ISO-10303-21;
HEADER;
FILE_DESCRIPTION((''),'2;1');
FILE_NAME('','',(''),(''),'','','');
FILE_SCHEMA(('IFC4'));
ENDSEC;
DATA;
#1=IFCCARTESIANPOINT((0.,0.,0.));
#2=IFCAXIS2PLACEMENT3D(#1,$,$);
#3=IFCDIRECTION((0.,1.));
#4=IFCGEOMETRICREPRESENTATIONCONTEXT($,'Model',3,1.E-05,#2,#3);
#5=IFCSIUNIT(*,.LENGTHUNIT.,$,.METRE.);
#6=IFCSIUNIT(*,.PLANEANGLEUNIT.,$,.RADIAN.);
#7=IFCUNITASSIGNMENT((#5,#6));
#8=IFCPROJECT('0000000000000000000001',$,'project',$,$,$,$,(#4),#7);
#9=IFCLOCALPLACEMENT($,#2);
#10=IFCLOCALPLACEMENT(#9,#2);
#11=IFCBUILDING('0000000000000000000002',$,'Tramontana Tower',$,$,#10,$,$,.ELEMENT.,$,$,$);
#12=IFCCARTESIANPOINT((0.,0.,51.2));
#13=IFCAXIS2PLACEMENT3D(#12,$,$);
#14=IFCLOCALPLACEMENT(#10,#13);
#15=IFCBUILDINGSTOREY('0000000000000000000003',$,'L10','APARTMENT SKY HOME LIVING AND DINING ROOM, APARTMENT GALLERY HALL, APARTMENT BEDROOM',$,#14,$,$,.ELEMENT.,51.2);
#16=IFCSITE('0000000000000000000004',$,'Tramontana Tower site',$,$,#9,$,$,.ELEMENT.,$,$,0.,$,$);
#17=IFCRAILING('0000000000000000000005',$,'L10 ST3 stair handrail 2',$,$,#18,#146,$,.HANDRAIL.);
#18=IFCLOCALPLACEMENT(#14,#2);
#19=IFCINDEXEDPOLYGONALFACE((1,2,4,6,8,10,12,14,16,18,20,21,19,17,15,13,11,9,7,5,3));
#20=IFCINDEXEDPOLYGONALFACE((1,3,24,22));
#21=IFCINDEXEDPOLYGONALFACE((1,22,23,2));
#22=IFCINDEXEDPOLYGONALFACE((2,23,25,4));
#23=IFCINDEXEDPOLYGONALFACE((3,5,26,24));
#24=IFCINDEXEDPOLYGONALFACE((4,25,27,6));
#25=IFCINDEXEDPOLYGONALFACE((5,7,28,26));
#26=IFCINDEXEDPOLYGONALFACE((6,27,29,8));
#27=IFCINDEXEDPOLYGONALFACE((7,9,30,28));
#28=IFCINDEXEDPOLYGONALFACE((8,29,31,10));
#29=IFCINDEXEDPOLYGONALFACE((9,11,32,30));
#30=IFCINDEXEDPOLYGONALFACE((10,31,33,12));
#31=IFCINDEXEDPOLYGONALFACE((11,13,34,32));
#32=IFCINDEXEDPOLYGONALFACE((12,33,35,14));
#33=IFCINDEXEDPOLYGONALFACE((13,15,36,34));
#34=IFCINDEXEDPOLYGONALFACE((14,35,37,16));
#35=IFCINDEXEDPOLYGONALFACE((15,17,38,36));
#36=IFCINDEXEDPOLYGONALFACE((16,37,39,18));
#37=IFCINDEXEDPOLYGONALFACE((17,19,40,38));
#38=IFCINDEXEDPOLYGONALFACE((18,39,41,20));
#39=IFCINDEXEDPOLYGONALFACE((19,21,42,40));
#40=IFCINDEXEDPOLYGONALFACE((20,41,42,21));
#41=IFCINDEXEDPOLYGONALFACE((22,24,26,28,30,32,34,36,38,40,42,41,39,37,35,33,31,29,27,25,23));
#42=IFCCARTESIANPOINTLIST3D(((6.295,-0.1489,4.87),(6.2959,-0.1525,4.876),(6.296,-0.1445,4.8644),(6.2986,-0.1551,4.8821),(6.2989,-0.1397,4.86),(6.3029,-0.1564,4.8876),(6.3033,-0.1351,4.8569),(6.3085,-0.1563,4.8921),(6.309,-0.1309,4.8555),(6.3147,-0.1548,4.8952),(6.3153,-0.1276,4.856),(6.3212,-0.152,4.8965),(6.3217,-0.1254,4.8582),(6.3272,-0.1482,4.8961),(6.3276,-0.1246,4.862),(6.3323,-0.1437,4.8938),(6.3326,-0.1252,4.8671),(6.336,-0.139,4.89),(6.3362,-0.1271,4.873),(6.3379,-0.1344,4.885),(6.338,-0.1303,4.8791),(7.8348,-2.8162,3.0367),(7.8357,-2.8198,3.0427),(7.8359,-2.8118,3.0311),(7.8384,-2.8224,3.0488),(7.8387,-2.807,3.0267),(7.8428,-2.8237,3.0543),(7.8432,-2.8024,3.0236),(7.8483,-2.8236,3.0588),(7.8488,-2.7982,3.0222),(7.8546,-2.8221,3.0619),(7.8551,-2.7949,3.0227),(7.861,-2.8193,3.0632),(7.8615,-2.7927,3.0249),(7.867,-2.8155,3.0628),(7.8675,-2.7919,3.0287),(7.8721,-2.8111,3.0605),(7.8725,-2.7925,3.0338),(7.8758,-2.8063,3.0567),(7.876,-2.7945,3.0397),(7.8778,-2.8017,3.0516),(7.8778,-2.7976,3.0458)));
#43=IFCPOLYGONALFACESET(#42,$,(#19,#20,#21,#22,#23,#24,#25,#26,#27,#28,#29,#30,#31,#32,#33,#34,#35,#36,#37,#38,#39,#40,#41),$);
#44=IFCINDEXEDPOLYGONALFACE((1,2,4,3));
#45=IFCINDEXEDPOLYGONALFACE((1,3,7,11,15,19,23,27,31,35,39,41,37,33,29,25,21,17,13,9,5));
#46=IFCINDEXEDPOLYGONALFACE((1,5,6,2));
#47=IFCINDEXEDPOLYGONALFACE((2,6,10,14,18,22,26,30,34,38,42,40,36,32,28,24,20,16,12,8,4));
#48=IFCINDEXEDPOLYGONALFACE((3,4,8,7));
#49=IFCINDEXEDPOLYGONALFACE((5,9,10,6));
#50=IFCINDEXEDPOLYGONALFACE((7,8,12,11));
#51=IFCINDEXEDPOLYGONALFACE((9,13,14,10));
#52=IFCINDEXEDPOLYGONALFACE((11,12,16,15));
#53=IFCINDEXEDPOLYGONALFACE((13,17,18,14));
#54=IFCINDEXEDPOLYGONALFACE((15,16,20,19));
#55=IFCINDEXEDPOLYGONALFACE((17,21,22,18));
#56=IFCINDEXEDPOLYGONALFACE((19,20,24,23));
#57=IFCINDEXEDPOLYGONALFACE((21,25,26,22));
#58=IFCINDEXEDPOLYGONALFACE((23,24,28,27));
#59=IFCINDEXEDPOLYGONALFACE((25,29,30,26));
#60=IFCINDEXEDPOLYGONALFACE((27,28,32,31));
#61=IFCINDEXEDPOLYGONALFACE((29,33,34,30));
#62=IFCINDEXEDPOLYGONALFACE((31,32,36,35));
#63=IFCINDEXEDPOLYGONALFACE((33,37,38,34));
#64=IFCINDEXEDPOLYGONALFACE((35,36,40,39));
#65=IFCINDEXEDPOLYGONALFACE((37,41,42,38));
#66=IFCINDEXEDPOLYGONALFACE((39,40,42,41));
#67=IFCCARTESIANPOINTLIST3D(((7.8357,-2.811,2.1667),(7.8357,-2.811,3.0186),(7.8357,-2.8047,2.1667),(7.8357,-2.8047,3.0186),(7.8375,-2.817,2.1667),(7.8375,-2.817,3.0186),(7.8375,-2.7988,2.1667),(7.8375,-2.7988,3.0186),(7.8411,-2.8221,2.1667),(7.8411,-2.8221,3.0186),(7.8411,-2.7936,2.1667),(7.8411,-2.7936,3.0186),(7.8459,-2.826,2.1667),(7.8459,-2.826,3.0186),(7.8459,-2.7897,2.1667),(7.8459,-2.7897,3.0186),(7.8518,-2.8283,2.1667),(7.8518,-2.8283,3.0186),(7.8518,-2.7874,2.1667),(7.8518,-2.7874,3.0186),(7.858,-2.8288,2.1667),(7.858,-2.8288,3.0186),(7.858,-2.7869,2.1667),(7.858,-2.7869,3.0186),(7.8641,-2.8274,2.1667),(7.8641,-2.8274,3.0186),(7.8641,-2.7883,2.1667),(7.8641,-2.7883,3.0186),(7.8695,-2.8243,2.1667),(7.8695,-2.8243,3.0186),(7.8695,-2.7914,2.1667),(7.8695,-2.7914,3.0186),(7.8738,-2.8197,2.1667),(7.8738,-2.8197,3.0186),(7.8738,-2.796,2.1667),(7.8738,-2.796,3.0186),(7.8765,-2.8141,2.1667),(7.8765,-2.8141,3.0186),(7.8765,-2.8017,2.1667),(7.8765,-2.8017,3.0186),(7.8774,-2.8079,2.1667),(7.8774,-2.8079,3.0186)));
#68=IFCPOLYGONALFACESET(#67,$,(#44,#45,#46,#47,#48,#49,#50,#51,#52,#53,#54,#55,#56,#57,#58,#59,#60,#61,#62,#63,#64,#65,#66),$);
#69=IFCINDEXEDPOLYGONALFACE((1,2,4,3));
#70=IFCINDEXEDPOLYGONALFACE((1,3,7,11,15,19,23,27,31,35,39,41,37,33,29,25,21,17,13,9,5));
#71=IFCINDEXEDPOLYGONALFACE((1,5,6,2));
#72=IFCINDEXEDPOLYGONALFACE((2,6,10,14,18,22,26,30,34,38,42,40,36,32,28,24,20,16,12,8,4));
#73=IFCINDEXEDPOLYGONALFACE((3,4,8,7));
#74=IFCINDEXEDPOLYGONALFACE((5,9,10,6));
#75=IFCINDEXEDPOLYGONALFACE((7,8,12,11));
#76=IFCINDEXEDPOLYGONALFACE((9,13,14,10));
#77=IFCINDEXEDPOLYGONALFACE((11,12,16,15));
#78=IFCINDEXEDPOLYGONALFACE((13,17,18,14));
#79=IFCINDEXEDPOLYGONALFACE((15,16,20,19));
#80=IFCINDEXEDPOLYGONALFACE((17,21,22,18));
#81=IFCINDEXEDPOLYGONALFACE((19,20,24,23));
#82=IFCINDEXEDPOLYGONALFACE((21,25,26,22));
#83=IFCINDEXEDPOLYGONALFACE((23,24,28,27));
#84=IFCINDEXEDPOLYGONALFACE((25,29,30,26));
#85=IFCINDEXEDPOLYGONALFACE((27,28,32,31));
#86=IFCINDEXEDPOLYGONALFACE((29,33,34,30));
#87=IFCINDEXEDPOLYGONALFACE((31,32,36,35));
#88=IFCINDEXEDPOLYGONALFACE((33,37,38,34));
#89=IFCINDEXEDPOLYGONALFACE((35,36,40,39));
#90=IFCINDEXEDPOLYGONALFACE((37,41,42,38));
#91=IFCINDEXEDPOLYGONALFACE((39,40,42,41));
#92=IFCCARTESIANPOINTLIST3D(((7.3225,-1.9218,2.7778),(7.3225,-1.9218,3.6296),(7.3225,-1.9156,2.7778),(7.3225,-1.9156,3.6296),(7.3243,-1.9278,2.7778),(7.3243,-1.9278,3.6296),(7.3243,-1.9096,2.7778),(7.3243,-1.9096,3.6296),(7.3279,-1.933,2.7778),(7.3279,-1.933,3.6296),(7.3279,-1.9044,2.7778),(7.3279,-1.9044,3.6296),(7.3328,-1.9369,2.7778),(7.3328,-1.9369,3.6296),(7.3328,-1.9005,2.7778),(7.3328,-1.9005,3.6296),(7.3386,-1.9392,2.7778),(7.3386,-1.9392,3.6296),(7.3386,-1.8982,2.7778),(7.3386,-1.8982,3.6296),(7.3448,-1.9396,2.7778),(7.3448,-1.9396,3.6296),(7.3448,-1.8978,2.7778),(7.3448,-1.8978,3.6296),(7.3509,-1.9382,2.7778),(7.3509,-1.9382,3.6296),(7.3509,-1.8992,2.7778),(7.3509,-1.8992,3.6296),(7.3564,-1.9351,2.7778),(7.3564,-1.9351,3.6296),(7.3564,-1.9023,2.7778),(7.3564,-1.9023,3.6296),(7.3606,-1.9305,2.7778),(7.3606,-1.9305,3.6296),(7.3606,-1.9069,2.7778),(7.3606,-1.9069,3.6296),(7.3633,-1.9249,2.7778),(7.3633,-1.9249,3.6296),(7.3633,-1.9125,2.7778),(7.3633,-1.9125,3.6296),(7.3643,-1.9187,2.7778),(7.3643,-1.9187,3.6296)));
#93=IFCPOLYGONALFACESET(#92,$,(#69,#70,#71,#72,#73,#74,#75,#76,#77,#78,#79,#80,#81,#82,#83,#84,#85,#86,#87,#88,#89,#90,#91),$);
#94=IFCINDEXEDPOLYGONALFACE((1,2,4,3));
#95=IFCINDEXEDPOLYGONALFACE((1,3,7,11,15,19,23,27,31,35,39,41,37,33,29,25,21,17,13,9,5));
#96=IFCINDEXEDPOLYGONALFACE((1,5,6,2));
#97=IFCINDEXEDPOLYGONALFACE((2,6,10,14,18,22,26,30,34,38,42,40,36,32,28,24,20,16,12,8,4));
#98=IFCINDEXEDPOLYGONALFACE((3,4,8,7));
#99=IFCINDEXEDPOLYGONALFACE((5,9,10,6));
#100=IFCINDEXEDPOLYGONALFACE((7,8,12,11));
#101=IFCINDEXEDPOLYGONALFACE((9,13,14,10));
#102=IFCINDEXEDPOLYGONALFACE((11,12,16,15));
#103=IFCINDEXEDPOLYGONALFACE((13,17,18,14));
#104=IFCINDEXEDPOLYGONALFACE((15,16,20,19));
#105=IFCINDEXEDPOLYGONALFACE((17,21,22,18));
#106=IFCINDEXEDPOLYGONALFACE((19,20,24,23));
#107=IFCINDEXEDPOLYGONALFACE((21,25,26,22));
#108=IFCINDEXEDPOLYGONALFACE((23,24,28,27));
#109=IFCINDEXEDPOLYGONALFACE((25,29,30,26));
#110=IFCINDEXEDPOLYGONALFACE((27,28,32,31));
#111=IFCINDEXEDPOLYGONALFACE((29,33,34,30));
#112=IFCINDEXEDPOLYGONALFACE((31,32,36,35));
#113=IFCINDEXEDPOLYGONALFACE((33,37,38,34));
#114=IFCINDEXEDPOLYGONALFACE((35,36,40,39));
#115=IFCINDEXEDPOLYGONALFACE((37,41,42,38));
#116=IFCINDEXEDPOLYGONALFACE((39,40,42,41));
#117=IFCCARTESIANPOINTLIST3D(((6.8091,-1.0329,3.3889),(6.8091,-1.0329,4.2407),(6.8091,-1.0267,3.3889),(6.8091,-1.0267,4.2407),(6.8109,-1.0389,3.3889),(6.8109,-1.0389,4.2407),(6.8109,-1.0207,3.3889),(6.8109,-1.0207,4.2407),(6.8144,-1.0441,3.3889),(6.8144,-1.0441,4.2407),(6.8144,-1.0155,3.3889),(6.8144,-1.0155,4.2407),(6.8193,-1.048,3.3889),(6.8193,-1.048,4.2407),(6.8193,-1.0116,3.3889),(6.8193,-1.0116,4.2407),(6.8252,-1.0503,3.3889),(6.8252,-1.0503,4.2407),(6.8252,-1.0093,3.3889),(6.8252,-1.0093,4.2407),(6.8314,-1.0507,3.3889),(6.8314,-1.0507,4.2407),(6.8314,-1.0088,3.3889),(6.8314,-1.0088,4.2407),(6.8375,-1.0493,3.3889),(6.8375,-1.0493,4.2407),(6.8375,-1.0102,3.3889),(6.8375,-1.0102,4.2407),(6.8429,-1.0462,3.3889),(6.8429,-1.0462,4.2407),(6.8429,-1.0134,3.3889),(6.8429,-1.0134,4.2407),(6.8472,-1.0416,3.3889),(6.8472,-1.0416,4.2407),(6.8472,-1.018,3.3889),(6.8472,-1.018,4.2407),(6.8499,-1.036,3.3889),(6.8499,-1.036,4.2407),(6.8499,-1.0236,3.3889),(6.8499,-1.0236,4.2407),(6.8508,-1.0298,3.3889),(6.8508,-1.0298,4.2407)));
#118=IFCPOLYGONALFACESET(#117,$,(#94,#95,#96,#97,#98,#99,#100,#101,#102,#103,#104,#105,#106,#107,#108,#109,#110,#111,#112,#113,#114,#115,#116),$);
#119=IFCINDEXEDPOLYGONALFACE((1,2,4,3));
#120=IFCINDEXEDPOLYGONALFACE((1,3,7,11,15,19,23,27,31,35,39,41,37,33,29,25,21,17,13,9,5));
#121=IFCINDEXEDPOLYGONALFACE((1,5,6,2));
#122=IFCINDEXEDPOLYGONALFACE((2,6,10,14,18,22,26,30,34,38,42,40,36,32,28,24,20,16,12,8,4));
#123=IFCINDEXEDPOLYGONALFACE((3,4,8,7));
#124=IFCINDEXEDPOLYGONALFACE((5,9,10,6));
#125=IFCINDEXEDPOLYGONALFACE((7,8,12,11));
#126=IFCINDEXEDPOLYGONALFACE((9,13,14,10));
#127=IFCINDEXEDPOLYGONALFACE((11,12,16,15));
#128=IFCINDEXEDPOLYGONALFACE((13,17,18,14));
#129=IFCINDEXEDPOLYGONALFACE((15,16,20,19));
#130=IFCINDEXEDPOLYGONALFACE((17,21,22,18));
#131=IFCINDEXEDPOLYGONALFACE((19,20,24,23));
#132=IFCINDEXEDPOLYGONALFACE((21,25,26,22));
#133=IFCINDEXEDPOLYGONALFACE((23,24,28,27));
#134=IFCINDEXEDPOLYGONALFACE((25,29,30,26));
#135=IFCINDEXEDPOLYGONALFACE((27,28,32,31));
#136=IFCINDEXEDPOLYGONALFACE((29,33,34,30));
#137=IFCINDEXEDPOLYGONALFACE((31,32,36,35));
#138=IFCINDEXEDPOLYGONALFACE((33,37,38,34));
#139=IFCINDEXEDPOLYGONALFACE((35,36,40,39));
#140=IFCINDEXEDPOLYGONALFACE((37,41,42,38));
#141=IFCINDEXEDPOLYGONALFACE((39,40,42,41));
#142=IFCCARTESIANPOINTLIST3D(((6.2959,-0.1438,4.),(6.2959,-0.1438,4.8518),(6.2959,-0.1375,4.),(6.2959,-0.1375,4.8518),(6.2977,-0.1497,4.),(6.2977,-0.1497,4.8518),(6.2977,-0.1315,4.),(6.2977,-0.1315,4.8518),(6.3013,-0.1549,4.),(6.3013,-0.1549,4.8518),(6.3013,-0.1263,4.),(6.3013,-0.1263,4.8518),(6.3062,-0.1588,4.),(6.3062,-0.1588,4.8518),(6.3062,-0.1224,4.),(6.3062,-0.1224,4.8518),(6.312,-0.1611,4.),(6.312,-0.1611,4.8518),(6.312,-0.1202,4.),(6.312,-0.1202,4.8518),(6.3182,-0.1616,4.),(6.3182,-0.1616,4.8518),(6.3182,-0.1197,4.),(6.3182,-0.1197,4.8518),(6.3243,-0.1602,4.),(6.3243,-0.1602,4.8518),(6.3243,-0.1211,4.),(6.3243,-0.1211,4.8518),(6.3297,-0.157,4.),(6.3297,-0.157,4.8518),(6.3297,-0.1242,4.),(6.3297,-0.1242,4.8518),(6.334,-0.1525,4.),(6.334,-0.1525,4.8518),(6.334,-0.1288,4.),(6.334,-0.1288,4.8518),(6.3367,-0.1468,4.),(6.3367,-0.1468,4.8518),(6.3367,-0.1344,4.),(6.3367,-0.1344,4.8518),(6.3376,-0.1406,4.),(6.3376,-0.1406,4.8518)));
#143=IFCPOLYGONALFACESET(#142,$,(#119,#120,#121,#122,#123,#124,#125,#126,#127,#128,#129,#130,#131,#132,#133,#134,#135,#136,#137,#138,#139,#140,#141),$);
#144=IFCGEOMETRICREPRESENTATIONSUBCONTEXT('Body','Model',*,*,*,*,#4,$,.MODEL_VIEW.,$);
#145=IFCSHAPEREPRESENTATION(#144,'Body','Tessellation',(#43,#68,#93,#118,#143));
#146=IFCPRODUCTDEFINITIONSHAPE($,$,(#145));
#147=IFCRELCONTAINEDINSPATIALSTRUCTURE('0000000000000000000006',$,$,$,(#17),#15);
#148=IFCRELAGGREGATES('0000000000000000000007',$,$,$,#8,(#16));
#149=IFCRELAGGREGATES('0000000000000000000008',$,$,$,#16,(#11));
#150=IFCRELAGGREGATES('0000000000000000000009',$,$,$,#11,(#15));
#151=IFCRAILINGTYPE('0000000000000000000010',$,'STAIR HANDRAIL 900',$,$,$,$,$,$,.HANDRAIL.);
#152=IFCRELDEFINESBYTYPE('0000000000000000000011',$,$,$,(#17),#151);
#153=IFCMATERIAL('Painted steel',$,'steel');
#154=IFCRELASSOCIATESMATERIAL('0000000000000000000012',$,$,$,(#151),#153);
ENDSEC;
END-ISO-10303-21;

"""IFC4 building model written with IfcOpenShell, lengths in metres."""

from ifc_helpers import new_model, si_unit, direction, frame, origin, origin_2d, place, context, subcontext, project, spatial, circle, extrude, material, type_object, element, save


model = new_model("IFC4")

# Units and contexts
model_context = context("Model", 3, precision=1e-05, world=origin(), true_north=direction((0.0, 1.0)))
body_context = subcontext(model_context, "Body", "Model", "MODEL_VIEW")
ifc_project = project(units=[si_unit("LENGTHUNIT", "METRE"), si_unit("PLANEANGLEUNIT", "RADIAN")], contexts=[model_context])

# Site, building, storey
site_placement = place(None, origin())
site = spatial("IfcSite", under=ifc_project, at=site_placement, Name="Tramontana Tower site", CompositionType="ELEMENT", RefElevation=0.0)
building_placement = place(site_placement, origin())
building = spatial("IfcBuilding", under=site, at=building_placement, Name="Tramontana Tower", CompositionType="ELEMENT")
storey_placement = place(building_placement, frame((0.0, 0.0, 51.2)))
storey = spatial("IfcBuildingStorey", under=building, at=storey_placement, Name="L10", Description="APARTMENT SKY HOME LIVING AND DINING ROOM, APARTMENT GALLERY HALL, APARTMENT BEDROOM", CompositionType="ELEMENT", Elevation=51.2)

# Railing
ifc_material_1 = material(Name="Painted steel", Category="steel")
railing_type_1 = type_object("IfcRailingType", Name="STAIR HANDRAIL 900", PredefinedType="HANDRAIL", material=ifc_material_1)
railing_1_placement = place(storey_placement, frame((7.8564, -2.8079, 2.1667)))
element("IfcRailing", 1, at=railing_1_placement, inside=storey, type_object=railing_type_1, Name="L10 ST3 stair handrail 2", PredefinedType="HANDRAIL", context=body_context, shape_type="SweptSolid", body=[
    extrude(circle(Radius=0.0239, at=origin_2d()), frame((0.0, 0.0, 0.876), z_axis=(-0.429616, 0.744181, 0.511493), x_axis=(-0.866044, -0.499967, 0.0)), (0.0, 0.0, 1.0), 3.5842),
    extrude(circle(Radius=0.021, at=origin_2d()), origin(), (0.0, 0.0, 1.0), 0.8518),
    extrude(circle(Radius=0.021, at=origin_2d()), frame((-0.5132, 0.8892, 0.6111)), (0.0, 0.0, 1.0), 0.8518),
    extrude(circle(Radius=0.021, at=origin_2d()), frame((-1.0266, 1.7781, 1.2222)), (0.0, 0.0, 1.0), 0.8518),
    extrude(circle(Radius=0.021, at=origin_2d()), frame((-1.5398, 2.6672, 1.8333)), (0.0, 0.0, 1.0), 0.8518),
])

save(model, "model.ifc")
